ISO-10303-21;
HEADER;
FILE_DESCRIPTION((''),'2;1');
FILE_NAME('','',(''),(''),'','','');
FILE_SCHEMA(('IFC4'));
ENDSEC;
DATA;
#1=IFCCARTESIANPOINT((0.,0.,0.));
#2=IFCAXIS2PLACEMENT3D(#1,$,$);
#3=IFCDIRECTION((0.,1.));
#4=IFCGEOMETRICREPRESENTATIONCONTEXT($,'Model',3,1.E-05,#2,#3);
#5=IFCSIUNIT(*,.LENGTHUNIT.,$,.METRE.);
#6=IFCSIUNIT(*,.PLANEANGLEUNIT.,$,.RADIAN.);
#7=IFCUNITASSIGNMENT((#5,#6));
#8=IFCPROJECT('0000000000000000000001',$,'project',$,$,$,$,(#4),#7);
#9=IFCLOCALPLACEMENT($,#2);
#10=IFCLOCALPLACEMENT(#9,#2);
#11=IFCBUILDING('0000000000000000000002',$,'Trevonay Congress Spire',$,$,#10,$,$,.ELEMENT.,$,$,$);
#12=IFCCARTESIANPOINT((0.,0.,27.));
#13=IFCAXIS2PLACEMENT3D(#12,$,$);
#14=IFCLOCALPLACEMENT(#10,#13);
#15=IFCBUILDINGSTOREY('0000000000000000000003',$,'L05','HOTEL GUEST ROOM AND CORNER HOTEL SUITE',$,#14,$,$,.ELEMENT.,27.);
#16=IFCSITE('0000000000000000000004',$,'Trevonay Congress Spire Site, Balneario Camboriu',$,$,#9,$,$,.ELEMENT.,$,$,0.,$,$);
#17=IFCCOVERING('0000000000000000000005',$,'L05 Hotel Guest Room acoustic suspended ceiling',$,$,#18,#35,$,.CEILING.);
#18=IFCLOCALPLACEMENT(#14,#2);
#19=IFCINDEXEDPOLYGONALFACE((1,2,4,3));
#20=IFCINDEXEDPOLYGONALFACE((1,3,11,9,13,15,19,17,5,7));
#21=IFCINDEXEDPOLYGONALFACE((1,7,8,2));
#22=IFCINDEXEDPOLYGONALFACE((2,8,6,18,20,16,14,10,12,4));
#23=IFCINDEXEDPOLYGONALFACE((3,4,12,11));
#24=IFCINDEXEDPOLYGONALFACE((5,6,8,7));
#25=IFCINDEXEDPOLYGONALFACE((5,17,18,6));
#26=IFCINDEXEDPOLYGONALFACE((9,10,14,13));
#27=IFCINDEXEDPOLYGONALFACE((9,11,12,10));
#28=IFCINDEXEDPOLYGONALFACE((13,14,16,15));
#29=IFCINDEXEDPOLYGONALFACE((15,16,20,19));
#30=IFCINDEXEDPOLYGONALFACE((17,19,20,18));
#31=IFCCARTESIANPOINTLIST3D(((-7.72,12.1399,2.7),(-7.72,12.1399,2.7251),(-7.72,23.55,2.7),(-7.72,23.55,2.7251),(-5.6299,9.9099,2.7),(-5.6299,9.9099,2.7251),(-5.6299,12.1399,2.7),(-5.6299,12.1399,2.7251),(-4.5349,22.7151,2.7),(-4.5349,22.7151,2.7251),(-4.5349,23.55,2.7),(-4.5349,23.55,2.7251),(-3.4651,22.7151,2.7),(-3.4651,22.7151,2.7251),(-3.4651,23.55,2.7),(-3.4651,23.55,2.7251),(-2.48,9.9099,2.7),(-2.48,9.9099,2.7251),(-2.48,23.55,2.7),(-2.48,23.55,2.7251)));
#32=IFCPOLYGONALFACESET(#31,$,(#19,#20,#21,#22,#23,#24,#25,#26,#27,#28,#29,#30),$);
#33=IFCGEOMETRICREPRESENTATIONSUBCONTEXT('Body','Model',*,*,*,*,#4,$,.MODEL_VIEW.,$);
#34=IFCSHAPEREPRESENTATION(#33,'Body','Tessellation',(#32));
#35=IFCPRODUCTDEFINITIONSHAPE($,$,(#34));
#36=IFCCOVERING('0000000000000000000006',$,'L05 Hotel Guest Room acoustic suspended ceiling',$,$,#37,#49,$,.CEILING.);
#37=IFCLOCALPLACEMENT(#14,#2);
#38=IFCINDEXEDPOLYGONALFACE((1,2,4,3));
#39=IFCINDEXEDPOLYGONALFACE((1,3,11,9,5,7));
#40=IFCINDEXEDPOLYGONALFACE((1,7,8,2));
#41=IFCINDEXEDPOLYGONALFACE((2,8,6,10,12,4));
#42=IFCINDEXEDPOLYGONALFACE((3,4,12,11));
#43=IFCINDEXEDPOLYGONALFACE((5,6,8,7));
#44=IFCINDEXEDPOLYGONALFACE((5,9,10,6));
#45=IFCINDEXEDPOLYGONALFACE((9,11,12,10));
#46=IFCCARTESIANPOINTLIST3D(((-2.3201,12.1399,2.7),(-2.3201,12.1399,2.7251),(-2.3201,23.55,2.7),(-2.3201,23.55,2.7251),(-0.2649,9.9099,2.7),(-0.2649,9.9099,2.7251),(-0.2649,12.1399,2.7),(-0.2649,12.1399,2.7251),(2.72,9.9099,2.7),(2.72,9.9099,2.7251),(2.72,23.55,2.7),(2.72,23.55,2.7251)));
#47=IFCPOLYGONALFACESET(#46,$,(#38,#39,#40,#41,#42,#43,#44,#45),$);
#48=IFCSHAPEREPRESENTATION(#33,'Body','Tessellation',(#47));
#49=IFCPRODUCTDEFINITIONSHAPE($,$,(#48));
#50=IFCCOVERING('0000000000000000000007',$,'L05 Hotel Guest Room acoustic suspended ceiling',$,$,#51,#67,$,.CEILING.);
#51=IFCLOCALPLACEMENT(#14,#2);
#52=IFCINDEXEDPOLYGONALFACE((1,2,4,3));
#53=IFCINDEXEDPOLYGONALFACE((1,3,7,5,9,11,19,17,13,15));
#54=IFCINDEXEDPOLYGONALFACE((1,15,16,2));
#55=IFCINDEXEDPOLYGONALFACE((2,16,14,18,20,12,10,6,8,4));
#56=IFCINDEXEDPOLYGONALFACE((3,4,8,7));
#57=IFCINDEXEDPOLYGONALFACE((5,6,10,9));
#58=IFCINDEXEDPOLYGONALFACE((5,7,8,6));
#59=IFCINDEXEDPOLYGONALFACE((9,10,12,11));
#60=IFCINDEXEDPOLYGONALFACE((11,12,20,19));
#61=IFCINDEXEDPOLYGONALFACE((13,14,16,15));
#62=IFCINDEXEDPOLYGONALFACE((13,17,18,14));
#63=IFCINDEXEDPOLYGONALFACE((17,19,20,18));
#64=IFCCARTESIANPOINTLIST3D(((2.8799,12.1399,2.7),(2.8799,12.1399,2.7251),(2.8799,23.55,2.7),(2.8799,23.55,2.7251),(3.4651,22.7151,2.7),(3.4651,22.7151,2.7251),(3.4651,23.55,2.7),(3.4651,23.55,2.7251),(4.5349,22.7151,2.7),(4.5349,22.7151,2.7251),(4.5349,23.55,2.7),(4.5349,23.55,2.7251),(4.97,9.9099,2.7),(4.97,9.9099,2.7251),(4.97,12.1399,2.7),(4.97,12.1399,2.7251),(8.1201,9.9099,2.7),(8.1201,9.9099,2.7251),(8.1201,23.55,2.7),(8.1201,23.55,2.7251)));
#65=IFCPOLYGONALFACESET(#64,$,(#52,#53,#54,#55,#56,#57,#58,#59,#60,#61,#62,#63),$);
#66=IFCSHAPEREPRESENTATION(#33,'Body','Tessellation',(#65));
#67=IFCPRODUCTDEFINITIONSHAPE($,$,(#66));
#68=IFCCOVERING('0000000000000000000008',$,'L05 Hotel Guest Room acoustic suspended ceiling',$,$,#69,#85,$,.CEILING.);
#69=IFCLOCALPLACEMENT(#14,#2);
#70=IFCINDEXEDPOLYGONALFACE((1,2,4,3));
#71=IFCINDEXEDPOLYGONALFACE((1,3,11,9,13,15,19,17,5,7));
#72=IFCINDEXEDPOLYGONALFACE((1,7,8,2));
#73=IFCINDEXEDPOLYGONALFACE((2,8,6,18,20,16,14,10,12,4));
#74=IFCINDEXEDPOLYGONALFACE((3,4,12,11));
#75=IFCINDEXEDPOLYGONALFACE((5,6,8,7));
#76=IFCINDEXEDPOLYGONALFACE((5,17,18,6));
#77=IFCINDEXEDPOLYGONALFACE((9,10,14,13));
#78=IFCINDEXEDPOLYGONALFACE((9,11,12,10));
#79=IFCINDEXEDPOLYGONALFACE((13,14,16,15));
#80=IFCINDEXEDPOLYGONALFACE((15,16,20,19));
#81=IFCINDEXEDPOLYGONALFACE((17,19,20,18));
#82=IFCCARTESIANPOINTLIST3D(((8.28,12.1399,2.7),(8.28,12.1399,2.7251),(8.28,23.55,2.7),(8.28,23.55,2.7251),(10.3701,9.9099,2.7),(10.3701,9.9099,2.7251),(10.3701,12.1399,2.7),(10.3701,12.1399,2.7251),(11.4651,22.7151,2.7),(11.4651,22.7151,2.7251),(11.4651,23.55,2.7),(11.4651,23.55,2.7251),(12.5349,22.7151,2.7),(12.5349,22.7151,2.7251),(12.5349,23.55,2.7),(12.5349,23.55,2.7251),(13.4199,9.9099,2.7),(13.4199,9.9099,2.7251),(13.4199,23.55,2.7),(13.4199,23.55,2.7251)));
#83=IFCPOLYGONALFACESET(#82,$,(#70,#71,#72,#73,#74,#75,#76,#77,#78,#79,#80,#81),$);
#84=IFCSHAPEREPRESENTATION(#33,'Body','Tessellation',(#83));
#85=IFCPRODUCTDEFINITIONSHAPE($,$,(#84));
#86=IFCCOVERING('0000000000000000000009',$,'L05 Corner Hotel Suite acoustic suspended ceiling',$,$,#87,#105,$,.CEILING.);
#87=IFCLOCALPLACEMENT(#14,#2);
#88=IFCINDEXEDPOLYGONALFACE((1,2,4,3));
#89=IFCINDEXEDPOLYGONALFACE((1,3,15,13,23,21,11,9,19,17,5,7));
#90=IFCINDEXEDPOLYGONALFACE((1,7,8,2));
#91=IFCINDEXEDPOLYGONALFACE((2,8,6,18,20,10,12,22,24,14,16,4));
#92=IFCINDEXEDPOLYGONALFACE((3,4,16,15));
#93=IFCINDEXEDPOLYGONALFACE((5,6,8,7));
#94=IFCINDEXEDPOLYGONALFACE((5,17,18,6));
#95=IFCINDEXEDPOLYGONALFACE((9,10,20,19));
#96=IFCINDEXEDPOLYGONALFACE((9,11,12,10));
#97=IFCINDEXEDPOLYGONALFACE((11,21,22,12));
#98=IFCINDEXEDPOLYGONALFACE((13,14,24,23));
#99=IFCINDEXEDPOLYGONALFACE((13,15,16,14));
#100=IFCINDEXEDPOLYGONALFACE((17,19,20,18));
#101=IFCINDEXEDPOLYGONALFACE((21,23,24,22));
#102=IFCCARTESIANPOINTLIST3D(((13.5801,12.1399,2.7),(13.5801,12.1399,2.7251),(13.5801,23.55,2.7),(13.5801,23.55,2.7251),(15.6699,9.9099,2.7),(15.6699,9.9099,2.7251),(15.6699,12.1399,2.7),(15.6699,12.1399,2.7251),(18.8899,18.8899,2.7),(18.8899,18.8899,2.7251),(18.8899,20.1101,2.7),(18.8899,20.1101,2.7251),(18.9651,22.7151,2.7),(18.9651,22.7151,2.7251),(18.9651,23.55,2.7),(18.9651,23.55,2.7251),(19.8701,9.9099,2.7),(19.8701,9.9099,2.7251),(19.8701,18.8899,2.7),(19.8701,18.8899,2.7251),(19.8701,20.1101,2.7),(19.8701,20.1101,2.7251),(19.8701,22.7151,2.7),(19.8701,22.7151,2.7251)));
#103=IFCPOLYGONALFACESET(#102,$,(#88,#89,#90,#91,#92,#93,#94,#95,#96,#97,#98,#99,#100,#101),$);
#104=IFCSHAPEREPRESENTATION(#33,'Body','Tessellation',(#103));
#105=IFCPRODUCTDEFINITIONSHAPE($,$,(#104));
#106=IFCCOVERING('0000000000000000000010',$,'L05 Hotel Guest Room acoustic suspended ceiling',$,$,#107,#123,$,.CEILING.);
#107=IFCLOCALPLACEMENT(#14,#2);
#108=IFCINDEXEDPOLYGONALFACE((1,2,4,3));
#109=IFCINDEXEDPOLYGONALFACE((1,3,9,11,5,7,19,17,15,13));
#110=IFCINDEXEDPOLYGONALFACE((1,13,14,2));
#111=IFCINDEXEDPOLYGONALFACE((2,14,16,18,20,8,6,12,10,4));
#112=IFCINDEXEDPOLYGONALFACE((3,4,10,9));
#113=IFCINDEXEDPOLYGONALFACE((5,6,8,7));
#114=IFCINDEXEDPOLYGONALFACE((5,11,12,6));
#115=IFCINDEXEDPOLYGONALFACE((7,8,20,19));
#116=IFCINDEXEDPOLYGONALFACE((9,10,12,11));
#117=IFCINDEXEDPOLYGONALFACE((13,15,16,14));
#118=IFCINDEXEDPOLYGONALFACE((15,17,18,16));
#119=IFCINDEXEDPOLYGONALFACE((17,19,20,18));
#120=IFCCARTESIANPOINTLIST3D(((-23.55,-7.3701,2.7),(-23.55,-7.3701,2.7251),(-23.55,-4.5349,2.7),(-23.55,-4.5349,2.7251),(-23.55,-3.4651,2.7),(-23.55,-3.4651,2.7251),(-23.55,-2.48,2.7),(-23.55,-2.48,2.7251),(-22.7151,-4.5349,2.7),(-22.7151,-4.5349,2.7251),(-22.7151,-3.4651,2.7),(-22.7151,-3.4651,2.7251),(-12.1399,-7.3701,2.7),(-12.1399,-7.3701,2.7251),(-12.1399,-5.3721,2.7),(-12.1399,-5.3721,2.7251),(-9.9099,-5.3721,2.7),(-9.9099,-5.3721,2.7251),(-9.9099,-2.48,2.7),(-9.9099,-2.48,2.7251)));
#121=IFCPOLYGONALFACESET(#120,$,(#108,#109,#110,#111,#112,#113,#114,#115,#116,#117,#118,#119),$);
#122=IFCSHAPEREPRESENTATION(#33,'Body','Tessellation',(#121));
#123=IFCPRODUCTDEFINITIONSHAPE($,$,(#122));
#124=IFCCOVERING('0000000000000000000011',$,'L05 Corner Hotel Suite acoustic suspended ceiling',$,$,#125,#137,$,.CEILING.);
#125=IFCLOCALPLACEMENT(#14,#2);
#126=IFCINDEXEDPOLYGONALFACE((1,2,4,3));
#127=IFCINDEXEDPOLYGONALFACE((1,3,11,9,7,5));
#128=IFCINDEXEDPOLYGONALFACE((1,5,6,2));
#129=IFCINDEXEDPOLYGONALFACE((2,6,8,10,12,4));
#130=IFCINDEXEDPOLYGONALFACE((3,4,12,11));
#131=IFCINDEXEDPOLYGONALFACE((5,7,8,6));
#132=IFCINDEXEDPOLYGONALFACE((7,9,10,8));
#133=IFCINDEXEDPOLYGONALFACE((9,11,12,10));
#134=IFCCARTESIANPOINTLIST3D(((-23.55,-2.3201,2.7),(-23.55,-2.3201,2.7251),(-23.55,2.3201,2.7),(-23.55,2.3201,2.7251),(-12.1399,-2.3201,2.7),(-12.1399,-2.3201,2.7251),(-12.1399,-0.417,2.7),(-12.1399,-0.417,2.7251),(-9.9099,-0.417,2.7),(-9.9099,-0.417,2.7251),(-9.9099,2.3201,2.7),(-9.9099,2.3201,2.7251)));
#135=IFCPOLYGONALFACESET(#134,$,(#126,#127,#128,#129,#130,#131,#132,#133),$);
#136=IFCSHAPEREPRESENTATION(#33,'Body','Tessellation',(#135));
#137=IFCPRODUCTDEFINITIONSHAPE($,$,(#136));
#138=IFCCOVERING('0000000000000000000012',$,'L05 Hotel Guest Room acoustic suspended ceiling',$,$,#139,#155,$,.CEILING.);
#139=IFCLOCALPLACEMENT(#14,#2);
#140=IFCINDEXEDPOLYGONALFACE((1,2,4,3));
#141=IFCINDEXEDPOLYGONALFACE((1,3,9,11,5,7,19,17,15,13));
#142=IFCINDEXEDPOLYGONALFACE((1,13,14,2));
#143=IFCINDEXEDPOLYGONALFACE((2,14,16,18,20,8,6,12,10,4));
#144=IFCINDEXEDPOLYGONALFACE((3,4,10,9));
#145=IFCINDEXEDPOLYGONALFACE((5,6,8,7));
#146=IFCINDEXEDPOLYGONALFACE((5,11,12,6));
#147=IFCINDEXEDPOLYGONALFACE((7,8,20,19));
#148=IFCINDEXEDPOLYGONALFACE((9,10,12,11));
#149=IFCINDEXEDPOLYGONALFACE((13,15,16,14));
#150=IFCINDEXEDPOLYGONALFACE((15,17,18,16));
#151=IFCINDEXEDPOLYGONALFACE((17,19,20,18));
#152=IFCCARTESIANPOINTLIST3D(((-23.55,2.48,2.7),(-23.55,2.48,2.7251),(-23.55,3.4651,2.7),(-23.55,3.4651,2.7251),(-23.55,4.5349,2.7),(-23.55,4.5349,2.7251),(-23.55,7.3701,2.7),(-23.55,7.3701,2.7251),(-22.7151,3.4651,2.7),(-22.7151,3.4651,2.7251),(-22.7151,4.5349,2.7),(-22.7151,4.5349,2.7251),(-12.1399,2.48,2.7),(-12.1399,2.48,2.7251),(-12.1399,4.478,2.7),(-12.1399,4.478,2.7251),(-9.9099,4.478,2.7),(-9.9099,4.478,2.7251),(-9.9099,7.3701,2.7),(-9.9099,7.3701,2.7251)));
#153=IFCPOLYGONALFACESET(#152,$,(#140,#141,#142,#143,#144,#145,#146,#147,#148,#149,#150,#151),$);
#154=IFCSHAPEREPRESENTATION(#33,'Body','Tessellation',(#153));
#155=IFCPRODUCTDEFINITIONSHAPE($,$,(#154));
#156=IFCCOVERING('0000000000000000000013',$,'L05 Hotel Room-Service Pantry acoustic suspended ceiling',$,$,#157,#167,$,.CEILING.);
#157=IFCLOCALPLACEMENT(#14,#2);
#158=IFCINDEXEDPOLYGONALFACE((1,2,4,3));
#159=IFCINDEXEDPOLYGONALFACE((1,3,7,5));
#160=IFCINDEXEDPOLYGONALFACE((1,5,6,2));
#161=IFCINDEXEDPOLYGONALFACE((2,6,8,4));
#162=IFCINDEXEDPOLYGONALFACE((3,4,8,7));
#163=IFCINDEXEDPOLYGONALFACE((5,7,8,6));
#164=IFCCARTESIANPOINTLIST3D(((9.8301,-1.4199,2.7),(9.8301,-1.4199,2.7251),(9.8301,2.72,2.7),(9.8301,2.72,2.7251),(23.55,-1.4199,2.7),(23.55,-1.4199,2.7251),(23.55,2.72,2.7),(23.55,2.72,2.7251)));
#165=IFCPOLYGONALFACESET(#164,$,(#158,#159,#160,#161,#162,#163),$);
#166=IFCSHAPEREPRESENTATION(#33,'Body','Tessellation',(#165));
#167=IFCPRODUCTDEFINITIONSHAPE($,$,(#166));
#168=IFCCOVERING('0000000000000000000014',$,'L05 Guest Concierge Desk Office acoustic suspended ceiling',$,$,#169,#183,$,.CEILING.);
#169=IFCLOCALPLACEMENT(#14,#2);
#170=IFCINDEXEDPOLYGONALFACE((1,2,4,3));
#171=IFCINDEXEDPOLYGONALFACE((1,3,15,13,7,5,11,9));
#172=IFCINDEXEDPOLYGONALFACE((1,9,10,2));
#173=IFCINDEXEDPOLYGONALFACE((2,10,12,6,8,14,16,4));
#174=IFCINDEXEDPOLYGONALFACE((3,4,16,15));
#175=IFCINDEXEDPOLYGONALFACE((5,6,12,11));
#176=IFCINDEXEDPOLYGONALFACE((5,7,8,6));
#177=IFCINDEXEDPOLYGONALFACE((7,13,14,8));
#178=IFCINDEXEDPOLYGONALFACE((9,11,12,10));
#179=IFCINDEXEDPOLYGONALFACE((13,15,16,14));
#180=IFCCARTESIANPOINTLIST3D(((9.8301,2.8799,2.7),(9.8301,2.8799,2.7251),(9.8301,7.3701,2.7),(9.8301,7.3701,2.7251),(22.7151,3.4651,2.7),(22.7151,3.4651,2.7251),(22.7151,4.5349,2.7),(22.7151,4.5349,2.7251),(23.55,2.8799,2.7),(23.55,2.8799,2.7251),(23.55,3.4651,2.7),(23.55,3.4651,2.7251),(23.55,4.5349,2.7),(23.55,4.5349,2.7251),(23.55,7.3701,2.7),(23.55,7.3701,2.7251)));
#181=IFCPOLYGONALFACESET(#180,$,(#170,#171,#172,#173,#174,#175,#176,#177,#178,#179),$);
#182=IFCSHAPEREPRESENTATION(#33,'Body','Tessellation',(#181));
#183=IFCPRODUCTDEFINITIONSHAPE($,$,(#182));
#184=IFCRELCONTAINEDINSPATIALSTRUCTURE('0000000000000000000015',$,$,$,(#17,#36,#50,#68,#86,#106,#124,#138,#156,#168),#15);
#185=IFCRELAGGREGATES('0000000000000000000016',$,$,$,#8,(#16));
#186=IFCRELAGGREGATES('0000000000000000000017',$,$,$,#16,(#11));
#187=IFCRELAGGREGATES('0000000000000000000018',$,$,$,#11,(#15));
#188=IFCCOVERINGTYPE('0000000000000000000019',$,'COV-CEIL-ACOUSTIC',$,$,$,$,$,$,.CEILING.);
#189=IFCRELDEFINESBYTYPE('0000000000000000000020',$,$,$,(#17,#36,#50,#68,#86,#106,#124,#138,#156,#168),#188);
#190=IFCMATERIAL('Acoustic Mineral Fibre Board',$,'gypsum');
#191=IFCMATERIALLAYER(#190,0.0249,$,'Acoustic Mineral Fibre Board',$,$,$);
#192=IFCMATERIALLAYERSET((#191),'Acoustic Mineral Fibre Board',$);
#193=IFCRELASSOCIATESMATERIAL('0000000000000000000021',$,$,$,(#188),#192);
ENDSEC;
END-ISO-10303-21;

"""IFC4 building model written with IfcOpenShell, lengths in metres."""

from ifc_helpers import new_model, si_unit, direction, frame, origin, place, context, subcontext, project, spatial, polyline, outline, extrude, material, layer, layer_set, type_object, element, save


model = new_model("IFC4")

# Units and contexts
model_context = context("Model", 3, precision=1e-05, world=origin(), true_north=direction((0.0, 1.0)))
body_context = subcontext(model_context, "Body", "Model", "MODEL_VIEW")
ifc_project = project(units=[si_unit("LENGTHUNIT", "METRE"), si_unit("PLANEANGLEUNIT", "RADIAN")], contexts=[model_context])

# Site, building, storey
site_placement = place(None, origin())
site = spatial("IfcSite", under=ifc_project, at=site_placement, Name="Trevonay Congress Spire Site, Balneario Camboriu", CompositionType="ELEMENT", RefElevation=0.0)
building_placement = place(site_placement, origin())
building = spatial("IfcBuilding", under=site, at=building_placement, Name="Trevonay Congress Spire", CompositionType="ELEMENT")
storey_placement = place(building_placement, frame((0.0, 0.0, 27.0)))
storey = spatial("IfcBuildingStorey", under=building, at=storey_placement, Name="L05", Description="HOTEL GUEST ROOM AND CORNER HOTEL SUITE", CompositionType="ELEMENT", Elevation=27.0)

# Coverings
ifc_material_1 = material(Name="Acoustic Mineral Fibre Board", Category="gypsum")
ifc_layer_1 = layer(ifc_material_1, 0.0249, Name="Acoustic Mineral Fibre Board")
ifc_layer_set_1 = layer_set([ifc_layer_1], Name="Acoustic Mineral Fibre Board")
covering_type_1 = type_object("IfcCoveringType", Name="COV-CEIL-ACOUSTIC", PredefinedType="CEILING", material=ifc_layer_set_1)
covering_1_placement = place(storey_placement, frame((0.0, 0.0, 2.7)))
element("IfcCovering", 1, at=covering_1_placement, inside=storey, type_object=covering_type_1, Name="L05 Hotel Guest Room acoustic suspended ceiling", PredefinedType="CEILING", context=body_context, shape_type="SweptSolid", body=[
    extrude(outline(polyline([(-2.48, 23.55), (-2.48, 9.9099), (-5.6299, 9.9099), (-5.6299, 12.1399), (-7.72, 12.1399), (-7.72, 23.55), (-4.5349, 23.55), (-4.5349, 22.7151), (-3.4651, 22.7151), (-3.4651, 23.55), (-2.48, 23.55)])), origin(), (0.0, 0.0, 1.0), 0.0251),
])
covering_2_placement = place(storey_placement, frame((0.0, 0.0, 2.7)))
element("IfcCovering", 2, at=covering_2_placement, inside=storey, type_object=covering_type_1, Name="L05 Hotel Guest Room acoustic suspended ceiling", PredefinedType="CEILING", context=body_context, shape_type="SweptSolid", body=[
    extrude(outline(polyline([(-0.2649, 9.9099), (2.72, 9.9099), (2.72, 23.55), (-2.3201, 23.55), (-2.3201, 12.1399), (-0.2649, 12.1399), (-0.2649, 9.9099)])), origin(), (0.0, 0.0, 1.0), 0.0251),
])
covering_3_placement = place(storey_placement, frame((0.0, 0.0, 2.7)))
element("IfcCovering", 3, at=covering_3_placement, inside=storey, type_object=covering_type_1, Name="L05 Hotel Guest Room acoustic suspended ceiling", PredefinedType="CEILING", context=body_context, shape_type="SweptSolid", body=[
    extrude(outline(polyline([(8.1201, 23.55), (8.1201, 9.9099), (4.97, 9.9099), (4.97, 12.1399), (2.8799, 12.1399), (2.8799, 23.55), (3.4651, 23.55), (3.4651, 22.7151), (4.5349, 22.7151), (4.5349, 23.55), (8.1201, 23.55)])), origin(), (0.0, 0.0, 1.0), 0.0251),
])
covering_4_placement = place(storey_placement, frame((0.0, 0.0, 2.7)))
element("IfcCovering", 4, at=covering_4_placement, inside=storey, type_object=covering_type_1, Name="L05 Hotel Guest Room acoustic suspended ceiling", PredefinedType="CEILING", context=body_context, shape_type="SweptSolid", body=[
    extrude(outline(polyline([(13.4199, 23.55), (13.4199, 9.9099), (10.3701, 9.9099), (10.3701, 12.1399), (8.28, 12.1399), (8.28, 23.55), (11.4651, 23.55), (11.4651, 22.7151), (12.5349, 22.7151), (12.5349, 23.55), (13.4199, 23.55)])), origin(), (0.0, 0.0, 1.0), 0.0251),
])
covering_5_placement = place(storey_placement, frame((0.0, 0.0, 2.7)))
element("IfcCovering", 5, at=covering_5_placement, inside=storey, type_object=covering_type_1, Name="L05 Corner Hotel Suite acoustic suspended ceiling", PredefinedType="CEILING", context=body_context, shape_type="SweptSolid", body=[
    extrude(outline(polyline([(19.8701, 9.9099), (15.6699, 9.9099), (15.6699, 12.1399), (13.5801, 12.1399), (13.5801, 23.55), (18.9651, 23.55), (18.9651, 22.7151), (19.8701, 22.7151), (19.8701, 20.1101), (18.8899, 20.1101), (18.8899, 18.8899), (19.8701, 18.8899), (19.8701, 9.9099)])), origin(), (0.0, 0.0, 1.0), 0.0251),
])
covering_6_placement = place(storey_placement, frame((0.0, 0.0, 2.7)))
element("IfcCovering", 6, at=covering_6_placement, inside=storey, type_object=covering_type_1, Name="L05 Hotel Guest Room acoustic suspended ceiling", PredefinedType="CEILING", context=body_context, shape_type="SweptSolid", body=[
    extrude(outline(polyline([(-23.55, -4.5349), (-22.7151, -4.5349), (-22.7151, -3.4651), (-23.55, -3.4651), (-23.55, -2.48), (-9.9099, -2.48), (-9.9099, -5.3721), (-12.1399, -5.3721), (-12.1399, -7.3701), (-23.55, -7.3701), (-23.55, -4.5349)])), origin(), (0.0, 0.0, 1.0), 0.0251),
])
covering_7_placement = place(storey_placement, frame((0.0, 0.0, 2.7)))
element("IfcCovering", 7, at=covering_7_placement, inside=storey, type_object=covering_type_1, Name="L05 Corner Hotel Suite acoustic suspended ceiling", PredefinedType="CEILING", context=body_context, shape_type="SweptSolid", body=[
    extrude(outline(polyline([(-23.55, -2.3201), (-23.55, 2.3201), (-9.9099, 2.3201), (-9.9099, -0.417), (-12.1399, -0.417), (-12.1399, -2.3201), (-23.55, -2.3201)])), origin(), (0.0, 0.0, 1.0), 0.0251),
])
covering_8_placement = place(storey_placement, frame((0.0, 0.0, 2.7)))
element("IfcCovering", 8, at=covering_8_placement, inside=storey, type_object=covering_type_1, Name="L05 Hotel Guest Room acoustic suspended ceiling", PredefinedType="CEILING", context=body_context, shape_type="SweptSolid", body=[
    extrude(outline(polyline([(-23.55, 3.4651), (-22.7151, 3.4651), (-22.7151, 4.5349), (-23.55, 4.5349), (-23.55, 7.3701), (-9.9099, 7.3701), (-9.9099, 4.478), (-12.1399, 4.478), (-12.1399, 2.48), (-23.55, 2.48), (-23.55, 3.4651)])), origin(), (0.0, 0.0, 1.0), 0.0251),
])
covering_9_placement = place(storey_placement, frame((0.0, 0.0, 2.7)))
element("IfcCovering", 9, at=covering_9_placement, inside=storey, type_object=covering_type_1, Name="L05 Hotel Room-Service Pantry acoustic suspended ceiling", PredefinedType="CEILING", context=body_context, shape_type="SweptSolid", body=[
    extrude(outline(polyline([(9.8301, -1.4199), (23.55, -1.4199), (23.55, 2.72), (9.8301, 2.72), (9.8301, -1.4199)])), origin(), (0.0, 0.0, 1.0), 0.0251),
])
covering_10_placement = place(storey_placement, frame((0.0, 0.0, 2.7)))
element("IfcCovering", 10, at=covering_10_placement, inside=storey, type_object=covering_type_1, Name="L05 Guest Concierge Desk Office acoustic suspended ceiling", PredefinedType="CEILING", context=body_context, shape_type="SweptSolid", body=[
    extrude(outline(polyline([(23.55, 2.8799), (9.8301, 2.8799), (9.8301, 7.3701), (23.55, 7.3701), (23.55, 4.5349), (22.7151, 4.5349), (22.7151, 3.4651), (23.55, 3.4651), (23.55, 2.8799)])), origin(), (0.0, 0.0, 1.0), 0.0251),
])

save(model, "model.ifc")
